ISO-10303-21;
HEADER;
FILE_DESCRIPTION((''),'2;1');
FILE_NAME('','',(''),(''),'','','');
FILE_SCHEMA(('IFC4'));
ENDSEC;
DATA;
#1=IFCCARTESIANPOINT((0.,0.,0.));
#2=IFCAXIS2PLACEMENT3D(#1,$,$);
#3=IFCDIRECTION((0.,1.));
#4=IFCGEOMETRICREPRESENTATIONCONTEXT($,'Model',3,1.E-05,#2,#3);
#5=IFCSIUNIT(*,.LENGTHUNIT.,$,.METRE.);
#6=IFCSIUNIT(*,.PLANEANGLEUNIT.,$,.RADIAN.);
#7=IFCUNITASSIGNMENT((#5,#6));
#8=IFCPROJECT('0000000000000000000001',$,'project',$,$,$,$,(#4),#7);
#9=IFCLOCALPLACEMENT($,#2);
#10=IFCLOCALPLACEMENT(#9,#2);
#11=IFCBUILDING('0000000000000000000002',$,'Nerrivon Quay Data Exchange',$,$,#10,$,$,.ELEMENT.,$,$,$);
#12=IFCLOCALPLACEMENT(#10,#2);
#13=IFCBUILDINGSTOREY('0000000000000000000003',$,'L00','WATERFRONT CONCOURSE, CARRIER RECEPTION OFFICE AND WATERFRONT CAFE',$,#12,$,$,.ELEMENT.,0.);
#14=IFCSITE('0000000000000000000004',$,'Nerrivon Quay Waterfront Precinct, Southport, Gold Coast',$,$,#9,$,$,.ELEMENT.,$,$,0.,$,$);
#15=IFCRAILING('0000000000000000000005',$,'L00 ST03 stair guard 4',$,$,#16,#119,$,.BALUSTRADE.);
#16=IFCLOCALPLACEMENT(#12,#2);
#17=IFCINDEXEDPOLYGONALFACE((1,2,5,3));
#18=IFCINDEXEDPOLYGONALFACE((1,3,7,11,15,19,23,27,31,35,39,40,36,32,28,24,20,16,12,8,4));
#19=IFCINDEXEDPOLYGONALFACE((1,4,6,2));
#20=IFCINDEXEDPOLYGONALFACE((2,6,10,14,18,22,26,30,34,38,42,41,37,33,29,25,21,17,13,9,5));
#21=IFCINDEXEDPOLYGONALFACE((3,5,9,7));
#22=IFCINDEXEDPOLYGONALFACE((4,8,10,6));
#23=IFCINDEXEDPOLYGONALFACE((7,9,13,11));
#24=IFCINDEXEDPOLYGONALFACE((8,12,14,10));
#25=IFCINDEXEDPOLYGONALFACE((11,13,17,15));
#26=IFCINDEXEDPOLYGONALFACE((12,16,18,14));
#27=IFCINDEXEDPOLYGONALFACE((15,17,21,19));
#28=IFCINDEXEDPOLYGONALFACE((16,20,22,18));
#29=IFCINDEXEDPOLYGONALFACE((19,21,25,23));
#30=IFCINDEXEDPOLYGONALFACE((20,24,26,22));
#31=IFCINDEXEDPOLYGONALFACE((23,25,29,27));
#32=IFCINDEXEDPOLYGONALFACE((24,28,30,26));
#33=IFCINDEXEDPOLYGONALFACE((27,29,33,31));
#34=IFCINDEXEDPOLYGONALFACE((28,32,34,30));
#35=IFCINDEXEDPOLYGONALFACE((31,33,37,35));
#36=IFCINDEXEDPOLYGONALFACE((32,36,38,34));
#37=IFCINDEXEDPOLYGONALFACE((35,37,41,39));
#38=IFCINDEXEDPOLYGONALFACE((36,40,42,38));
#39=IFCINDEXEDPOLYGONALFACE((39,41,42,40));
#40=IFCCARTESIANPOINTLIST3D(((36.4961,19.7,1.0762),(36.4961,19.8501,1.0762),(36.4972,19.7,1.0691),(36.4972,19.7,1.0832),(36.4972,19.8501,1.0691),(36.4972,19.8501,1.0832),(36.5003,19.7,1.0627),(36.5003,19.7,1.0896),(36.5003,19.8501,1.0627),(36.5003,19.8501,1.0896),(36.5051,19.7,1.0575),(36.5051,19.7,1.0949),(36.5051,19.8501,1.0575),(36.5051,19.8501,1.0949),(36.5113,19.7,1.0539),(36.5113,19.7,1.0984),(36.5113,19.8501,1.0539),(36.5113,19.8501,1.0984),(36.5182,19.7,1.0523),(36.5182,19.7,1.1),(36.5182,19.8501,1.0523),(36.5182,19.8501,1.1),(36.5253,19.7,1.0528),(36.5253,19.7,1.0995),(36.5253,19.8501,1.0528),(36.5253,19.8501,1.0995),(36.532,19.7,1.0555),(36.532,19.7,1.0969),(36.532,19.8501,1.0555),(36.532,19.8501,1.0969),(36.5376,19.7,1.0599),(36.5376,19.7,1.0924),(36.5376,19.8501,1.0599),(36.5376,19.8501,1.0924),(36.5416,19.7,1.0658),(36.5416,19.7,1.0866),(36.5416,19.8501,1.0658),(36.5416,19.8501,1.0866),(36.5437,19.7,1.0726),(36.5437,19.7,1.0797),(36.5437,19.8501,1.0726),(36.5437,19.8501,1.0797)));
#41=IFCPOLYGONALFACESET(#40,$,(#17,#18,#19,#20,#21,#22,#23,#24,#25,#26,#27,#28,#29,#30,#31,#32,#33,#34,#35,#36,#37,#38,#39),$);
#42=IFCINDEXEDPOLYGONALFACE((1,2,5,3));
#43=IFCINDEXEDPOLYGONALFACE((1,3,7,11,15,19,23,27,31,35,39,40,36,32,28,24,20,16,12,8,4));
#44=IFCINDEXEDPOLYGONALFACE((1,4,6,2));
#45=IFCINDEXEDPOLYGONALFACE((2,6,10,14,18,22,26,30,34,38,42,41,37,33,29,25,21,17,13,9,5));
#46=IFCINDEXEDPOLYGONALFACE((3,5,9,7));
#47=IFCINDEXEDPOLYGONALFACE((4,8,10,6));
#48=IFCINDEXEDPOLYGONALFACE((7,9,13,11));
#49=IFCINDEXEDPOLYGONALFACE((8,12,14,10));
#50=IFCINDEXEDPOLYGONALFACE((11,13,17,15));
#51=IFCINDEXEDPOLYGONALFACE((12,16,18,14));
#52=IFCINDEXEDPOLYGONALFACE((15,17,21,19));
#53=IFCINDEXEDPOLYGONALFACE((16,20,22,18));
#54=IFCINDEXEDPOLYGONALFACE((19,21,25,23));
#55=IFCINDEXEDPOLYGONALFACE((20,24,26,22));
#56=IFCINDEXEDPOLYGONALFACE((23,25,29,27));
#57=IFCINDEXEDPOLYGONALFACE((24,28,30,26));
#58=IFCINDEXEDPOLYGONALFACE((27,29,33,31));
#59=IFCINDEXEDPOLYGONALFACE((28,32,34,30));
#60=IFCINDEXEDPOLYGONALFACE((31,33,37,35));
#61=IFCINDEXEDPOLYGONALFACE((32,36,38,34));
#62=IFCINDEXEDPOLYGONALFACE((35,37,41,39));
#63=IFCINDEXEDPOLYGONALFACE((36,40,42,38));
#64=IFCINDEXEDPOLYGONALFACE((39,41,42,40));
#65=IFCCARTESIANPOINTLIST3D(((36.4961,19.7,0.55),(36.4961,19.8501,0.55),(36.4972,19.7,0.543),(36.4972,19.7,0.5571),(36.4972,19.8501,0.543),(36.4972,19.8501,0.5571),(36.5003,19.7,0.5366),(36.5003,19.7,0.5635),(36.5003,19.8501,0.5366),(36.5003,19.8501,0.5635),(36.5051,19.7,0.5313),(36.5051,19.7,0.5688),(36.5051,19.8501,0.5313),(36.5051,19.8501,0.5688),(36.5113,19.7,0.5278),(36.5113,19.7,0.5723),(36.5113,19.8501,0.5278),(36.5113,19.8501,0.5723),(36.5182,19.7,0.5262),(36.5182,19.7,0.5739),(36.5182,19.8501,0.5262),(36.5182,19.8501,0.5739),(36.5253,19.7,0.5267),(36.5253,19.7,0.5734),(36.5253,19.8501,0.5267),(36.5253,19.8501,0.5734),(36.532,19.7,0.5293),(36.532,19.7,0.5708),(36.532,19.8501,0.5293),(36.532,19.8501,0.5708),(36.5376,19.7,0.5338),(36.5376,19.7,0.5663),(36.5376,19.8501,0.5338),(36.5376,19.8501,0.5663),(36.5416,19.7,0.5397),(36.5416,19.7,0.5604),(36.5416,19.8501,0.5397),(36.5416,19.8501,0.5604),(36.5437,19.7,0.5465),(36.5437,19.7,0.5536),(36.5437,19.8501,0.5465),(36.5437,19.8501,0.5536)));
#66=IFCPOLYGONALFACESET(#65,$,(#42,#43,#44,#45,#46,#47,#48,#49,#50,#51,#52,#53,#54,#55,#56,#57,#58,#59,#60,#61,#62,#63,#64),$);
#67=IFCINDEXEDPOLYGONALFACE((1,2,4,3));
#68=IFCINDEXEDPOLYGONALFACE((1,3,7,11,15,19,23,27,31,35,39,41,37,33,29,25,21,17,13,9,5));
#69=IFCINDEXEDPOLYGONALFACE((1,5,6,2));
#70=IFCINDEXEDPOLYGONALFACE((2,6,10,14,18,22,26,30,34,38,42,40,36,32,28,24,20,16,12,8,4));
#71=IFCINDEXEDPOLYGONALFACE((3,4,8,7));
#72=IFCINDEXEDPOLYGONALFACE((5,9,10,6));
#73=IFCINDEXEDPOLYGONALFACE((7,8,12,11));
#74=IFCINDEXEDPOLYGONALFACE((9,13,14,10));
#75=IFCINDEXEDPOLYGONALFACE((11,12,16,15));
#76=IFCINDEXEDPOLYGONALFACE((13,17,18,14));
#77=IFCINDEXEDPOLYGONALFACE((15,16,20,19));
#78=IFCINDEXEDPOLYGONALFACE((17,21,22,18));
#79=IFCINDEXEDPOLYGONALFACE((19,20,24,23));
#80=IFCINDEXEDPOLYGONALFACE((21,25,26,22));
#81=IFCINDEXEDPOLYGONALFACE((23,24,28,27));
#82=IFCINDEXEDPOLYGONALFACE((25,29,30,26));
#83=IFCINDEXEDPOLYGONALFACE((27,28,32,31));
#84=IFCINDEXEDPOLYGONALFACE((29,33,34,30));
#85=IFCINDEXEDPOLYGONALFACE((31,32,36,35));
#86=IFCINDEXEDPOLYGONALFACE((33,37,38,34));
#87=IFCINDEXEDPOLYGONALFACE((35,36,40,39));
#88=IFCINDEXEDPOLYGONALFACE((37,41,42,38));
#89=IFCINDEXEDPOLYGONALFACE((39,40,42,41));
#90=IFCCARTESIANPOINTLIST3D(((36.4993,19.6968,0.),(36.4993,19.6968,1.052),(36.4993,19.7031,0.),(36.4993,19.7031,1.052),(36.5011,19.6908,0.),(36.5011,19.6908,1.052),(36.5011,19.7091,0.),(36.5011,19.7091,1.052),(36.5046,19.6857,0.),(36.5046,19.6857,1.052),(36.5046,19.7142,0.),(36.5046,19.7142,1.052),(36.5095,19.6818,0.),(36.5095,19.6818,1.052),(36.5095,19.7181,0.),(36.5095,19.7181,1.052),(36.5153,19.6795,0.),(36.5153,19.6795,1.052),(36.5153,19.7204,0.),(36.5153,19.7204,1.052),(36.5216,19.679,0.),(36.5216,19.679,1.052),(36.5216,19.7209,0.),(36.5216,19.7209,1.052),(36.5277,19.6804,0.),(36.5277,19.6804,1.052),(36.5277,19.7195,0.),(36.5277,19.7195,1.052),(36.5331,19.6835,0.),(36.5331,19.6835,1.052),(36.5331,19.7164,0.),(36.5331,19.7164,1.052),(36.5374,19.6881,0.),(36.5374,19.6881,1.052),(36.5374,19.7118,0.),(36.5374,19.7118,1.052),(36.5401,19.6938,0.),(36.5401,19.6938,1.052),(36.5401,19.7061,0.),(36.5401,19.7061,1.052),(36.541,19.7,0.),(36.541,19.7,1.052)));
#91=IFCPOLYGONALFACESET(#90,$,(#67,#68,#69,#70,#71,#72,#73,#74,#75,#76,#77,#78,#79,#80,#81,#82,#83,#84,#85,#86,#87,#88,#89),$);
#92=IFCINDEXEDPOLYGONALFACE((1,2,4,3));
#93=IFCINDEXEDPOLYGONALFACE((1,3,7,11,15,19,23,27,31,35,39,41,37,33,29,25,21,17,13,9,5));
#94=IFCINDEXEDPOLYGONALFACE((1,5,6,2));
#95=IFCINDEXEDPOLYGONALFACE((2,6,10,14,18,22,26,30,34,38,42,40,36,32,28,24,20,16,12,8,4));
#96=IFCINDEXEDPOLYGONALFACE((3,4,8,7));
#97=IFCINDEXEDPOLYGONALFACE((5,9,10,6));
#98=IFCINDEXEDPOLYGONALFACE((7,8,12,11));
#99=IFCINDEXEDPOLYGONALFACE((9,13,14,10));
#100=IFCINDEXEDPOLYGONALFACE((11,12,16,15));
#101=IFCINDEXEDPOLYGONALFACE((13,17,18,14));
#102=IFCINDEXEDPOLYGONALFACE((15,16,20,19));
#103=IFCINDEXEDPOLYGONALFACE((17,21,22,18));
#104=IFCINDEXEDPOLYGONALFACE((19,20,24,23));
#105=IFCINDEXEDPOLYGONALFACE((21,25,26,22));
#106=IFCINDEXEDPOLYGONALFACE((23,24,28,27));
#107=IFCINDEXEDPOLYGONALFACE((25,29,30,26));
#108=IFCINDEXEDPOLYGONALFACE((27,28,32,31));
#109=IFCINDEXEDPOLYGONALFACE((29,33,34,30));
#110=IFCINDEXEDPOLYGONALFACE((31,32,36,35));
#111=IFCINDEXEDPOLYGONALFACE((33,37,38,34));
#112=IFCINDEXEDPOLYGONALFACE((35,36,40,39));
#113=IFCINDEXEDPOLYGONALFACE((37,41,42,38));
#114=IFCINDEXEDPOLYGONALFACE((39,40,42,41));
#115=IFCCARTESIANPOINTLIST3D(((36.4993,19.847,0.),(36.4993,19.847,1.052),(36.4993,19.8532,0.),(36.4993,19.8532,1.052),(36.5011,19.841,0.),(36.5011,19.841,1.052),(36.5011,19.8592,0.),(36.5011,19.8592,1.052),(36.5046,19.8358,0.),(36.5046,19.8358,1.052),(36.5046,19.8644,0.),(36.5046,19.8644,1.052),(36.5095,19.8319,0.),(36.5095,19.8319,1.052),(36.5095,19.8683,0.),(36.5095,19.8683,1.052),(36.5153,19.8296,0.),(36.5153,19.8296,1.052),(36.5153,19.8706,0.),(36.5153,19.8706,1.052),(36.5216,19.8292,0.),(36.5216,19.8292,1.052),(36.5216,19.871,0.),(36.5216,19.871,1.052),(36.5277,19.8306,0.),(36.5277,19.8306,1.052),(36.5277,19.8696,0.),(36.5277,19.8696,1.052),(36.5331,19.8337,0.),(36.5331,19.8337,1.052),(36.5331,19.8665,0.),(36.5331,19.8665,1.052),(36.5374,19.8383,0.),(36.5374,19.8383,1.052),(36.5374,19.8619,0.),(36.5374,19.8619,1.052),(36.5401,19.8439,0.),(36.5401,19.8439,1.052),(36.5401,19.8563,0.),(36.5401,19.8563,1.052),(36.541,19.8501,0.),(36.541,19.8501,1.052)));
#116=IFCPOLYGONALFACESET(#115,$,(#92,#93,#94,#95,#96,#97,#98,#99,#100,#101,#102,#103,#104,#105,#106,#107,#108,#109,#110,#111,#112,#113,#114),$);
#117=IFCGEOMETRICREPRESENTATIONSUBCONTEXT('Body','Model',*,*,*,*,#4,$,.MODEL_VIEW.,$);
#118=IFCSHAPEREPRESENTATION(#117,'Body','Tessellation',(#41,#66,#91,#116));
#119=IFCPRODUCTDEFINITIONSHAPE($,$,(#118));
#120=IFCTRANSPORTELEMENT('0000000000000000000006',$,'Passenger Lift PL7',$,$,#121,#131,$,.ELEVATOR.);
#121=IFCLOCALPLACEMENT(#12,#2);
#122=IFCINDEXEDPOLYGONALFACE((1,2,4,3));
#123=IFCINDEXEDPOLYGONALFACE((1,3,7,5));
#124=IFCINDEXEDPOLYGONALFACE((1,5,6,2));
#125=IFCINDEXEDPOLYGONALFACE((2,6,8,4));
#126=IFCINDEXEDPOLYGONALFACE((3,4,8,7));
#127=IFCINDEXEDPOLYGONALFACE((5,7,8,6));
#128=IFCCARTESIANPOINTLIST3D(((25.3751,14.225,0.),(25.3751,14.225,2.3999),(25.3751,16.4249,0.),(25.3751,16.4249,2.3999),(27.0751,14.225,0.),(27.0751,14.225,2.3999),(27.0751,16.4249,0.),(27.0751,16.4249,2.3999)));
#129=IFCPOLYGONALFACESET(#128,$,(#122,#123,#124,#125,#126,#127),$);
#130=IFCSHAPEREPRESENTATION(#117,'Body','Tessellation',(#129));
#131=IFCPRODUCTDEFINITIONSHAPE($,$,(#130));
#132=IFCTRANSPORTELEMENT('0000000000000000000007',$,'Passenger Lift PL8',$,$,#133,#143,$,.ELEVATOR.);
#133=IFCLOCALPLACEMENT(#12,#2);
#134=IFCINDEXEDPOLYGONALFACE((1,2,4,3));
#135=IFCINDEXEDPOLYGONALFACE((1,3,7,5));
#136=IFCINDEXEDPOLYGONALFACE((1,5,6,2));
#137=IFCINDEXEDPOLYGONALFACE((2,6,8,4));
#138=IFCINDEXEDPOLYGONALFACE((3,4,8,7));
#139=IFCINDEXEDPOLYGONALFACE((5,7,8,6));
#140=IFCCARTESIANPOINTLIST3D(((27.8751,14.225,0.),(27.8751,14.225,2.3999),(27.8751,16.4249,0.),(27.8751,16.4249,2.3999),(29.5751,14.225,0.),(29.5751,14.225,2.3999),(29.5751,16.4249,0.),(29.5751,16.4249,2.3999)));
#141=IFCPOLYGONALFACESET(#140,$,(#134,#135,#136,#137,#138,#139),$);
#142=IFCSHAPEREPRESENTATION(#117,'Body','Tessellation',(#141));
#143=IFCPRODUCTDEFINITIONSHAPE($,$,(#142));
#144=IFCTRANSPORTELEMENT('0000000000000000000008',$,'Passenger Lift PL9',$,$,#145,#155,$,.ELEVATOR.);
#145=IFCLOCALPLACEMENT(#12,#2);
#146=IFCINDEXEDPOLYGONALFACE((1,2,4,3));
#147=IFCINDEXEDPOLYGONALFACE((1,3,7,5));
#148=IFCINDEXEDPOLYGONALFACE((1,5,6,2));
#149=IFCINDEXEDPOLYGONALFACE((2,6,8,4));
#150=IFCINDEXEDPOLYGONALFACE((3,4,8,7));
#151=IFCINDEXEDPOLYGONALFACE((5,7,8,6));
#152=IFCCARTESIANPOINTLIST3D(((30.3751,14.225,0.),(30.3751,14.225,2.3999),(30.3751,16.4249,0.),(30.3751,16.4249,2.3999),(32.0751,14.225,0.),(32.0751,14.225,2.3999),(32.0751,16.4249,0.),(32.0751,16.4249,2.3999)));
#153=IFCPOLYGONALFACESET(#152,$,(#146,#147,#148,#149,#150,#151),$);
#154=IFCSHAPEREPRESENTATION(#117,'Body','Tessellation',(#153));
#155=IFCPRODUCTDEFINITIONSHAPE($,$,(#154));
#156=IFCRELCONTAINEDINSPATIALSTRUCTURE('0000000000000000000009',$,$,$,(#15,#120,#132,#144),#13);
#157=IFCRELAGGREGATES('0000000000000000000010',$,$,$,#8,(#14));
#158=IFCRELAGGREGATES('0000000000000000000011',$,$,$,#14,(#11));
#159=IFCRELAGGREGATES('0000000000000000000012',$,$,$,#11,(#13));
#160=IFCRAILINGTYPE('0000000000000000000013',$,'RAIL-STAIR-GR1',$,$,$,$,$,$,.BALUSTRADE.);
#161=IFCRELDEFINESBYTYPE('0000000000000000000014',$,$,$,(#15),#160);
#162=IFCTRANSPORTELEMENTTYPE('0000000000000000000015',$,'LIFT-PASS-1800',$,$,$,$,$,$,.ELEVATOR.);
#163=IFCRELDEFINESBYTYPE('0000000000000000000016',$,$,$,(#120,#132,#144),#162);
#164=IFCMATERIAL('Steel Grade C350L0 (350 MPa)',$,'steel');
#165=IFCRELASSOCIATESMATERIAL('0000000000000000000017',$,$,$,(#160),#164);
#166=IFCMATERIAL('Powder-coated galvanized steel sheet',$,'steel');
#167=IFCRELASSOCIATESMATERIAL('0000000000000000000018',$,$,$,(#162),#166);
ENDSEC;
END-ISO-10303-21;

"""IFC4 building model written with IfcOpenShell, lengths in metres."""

from ifc_helpers import new_model, si_unit, direction, frame, origin, origin_2d, place, context, subcontext, project, spatial, rectangle, circle, extrude, material, type_object, element, save


model = new_model("IFC4")

# Units and contexts
model_context = context("Model", 3, precision=1e-05, world=origin(), true_north=direction((0.0, 1.0)))
body_context = subcontext(model_context, "Body", "Model", "MODEL_VIEW")
ifc_project = project(units=[si_unit("LENGTHUNIT", "METRE"), si_unit("PLANEANGLEUNIT", "RADIAN")], contexts=[model_context])

# Site, building, storey
site_placement = place(None, origin())
site = spatial("IfcSite", under=ifc_project, at=site_placement, Name="Nerrivon Quay Waterfront Precinct, Southport, Gold Coast", CompositionType="ELEMENT", RefElevation=0.0)
building_placement = place(site_placement, origin())
building = spatial("IfcBuilding", under=site, at=building_placement, Name="Nerrivon Quay Data Exchange", CompositionType="ELEMENT")
storey_placement = place(building_placement, origin())
storey = spatial("IfcBuildingStorey", under=building, at=storey_placement, Name="L00", Description="WATERFRONT CONCOURSE, CARRIER RECEPTION OFFICE AND WATERFRONT CAFE", CompositionType="ELEMENT", Elevation=0.0)

# Shared definitions
ifc_material_1 = material(Name="Powder-coated galvanized steel sheet", Category="steel")

# Railing
ifc_material_2 = material(Name="Steel Grade C350L0 (350 MPa)", Category="steel")
railing_type_1 = type_object("IfcRailingType", Name="RAIL-STAIR-GR1", PredefinedType="BALUSTRADE", material=ifc_material_2)
railing_1_placement = place(storey_placement, frame((36.52, 19.7, 0.0)))
element("IfcRailing", 1, at=railing_1_placement, inside=storey, type_object=railing_type_1, Name="L00 ST03 stair guard 4", PredefinedType="BALUSTRADE", context=body_context, shape_type="SweptSolid", body=[
    extrude(circle(Radius=0.0239, at=origin_2d()), frame((0.0, 0.0, 1.0762), z_axis=(0.0, 1.0, 0.0), x_axis=(-1.0, 0.0, 0.0)), (0.0, 0.0, 1.0), 0.1501),
    extrude(circle(Radius=0.0239, at=origin_2d()), frame((0.0, 0.0, 0.55), z_axis=(0.0, 1.0, 0.0), x_axis=(-1.0, 0.0, 0.0)), (0.0, 0.0, 1.0), 0.1501),
    extrude(circle(Radius=0.021, at=origin_2d()), origin(), (0.0, 0.0, 1.0), 1.052),
    extrude(circle(Radius=0.021, at=origin_2d()), frame((0.0, 0.1501, 0.0)), (0.0, 0.0, 1.0), 1.052),
])

# Transport elements
transport_element_type = type_object("IfcTransportElementType", Name="LIFT-PASS-1800", PredefinedType="ELEVATOR", material=ifc_material_1)
for number, where, z_axis, x_axis, name in (
    (2, (26.2251, 15.325, 0.0), (0.0, 0.0, 1.0), (1.0, 0.0, 0.0), "Passenger Lift PL7"),
    (3, (28.7251, 15.325, 0.0), (0.0, 0.0, 1.0), (1.0, 0.0, 0.0), "Passenger Lift PL8"),
    (4, (31.2251, 15.325, 0.0), (0.0, 0.0, 1.0), (1.0, 0.0, 0.0), "Passenger Lift PL9"),
):
    element("IfcTransportElement", number, at=place(storey_placement, frame(where, z_axis=z_axis, x_axis=x_axis)), inside=storey, type_object=transport_element_type, Name=name, PredefinedType="ELEVATOR", context=body_context, shape_type="SweptSolid", body=[
        extrude(rectangle(XDim=1.7, YDim=2.2, at=origin_2d()), origin(), (0.0, 0.0, 1.0), 2.3999),
    ])

save(model, "model.ifc")
